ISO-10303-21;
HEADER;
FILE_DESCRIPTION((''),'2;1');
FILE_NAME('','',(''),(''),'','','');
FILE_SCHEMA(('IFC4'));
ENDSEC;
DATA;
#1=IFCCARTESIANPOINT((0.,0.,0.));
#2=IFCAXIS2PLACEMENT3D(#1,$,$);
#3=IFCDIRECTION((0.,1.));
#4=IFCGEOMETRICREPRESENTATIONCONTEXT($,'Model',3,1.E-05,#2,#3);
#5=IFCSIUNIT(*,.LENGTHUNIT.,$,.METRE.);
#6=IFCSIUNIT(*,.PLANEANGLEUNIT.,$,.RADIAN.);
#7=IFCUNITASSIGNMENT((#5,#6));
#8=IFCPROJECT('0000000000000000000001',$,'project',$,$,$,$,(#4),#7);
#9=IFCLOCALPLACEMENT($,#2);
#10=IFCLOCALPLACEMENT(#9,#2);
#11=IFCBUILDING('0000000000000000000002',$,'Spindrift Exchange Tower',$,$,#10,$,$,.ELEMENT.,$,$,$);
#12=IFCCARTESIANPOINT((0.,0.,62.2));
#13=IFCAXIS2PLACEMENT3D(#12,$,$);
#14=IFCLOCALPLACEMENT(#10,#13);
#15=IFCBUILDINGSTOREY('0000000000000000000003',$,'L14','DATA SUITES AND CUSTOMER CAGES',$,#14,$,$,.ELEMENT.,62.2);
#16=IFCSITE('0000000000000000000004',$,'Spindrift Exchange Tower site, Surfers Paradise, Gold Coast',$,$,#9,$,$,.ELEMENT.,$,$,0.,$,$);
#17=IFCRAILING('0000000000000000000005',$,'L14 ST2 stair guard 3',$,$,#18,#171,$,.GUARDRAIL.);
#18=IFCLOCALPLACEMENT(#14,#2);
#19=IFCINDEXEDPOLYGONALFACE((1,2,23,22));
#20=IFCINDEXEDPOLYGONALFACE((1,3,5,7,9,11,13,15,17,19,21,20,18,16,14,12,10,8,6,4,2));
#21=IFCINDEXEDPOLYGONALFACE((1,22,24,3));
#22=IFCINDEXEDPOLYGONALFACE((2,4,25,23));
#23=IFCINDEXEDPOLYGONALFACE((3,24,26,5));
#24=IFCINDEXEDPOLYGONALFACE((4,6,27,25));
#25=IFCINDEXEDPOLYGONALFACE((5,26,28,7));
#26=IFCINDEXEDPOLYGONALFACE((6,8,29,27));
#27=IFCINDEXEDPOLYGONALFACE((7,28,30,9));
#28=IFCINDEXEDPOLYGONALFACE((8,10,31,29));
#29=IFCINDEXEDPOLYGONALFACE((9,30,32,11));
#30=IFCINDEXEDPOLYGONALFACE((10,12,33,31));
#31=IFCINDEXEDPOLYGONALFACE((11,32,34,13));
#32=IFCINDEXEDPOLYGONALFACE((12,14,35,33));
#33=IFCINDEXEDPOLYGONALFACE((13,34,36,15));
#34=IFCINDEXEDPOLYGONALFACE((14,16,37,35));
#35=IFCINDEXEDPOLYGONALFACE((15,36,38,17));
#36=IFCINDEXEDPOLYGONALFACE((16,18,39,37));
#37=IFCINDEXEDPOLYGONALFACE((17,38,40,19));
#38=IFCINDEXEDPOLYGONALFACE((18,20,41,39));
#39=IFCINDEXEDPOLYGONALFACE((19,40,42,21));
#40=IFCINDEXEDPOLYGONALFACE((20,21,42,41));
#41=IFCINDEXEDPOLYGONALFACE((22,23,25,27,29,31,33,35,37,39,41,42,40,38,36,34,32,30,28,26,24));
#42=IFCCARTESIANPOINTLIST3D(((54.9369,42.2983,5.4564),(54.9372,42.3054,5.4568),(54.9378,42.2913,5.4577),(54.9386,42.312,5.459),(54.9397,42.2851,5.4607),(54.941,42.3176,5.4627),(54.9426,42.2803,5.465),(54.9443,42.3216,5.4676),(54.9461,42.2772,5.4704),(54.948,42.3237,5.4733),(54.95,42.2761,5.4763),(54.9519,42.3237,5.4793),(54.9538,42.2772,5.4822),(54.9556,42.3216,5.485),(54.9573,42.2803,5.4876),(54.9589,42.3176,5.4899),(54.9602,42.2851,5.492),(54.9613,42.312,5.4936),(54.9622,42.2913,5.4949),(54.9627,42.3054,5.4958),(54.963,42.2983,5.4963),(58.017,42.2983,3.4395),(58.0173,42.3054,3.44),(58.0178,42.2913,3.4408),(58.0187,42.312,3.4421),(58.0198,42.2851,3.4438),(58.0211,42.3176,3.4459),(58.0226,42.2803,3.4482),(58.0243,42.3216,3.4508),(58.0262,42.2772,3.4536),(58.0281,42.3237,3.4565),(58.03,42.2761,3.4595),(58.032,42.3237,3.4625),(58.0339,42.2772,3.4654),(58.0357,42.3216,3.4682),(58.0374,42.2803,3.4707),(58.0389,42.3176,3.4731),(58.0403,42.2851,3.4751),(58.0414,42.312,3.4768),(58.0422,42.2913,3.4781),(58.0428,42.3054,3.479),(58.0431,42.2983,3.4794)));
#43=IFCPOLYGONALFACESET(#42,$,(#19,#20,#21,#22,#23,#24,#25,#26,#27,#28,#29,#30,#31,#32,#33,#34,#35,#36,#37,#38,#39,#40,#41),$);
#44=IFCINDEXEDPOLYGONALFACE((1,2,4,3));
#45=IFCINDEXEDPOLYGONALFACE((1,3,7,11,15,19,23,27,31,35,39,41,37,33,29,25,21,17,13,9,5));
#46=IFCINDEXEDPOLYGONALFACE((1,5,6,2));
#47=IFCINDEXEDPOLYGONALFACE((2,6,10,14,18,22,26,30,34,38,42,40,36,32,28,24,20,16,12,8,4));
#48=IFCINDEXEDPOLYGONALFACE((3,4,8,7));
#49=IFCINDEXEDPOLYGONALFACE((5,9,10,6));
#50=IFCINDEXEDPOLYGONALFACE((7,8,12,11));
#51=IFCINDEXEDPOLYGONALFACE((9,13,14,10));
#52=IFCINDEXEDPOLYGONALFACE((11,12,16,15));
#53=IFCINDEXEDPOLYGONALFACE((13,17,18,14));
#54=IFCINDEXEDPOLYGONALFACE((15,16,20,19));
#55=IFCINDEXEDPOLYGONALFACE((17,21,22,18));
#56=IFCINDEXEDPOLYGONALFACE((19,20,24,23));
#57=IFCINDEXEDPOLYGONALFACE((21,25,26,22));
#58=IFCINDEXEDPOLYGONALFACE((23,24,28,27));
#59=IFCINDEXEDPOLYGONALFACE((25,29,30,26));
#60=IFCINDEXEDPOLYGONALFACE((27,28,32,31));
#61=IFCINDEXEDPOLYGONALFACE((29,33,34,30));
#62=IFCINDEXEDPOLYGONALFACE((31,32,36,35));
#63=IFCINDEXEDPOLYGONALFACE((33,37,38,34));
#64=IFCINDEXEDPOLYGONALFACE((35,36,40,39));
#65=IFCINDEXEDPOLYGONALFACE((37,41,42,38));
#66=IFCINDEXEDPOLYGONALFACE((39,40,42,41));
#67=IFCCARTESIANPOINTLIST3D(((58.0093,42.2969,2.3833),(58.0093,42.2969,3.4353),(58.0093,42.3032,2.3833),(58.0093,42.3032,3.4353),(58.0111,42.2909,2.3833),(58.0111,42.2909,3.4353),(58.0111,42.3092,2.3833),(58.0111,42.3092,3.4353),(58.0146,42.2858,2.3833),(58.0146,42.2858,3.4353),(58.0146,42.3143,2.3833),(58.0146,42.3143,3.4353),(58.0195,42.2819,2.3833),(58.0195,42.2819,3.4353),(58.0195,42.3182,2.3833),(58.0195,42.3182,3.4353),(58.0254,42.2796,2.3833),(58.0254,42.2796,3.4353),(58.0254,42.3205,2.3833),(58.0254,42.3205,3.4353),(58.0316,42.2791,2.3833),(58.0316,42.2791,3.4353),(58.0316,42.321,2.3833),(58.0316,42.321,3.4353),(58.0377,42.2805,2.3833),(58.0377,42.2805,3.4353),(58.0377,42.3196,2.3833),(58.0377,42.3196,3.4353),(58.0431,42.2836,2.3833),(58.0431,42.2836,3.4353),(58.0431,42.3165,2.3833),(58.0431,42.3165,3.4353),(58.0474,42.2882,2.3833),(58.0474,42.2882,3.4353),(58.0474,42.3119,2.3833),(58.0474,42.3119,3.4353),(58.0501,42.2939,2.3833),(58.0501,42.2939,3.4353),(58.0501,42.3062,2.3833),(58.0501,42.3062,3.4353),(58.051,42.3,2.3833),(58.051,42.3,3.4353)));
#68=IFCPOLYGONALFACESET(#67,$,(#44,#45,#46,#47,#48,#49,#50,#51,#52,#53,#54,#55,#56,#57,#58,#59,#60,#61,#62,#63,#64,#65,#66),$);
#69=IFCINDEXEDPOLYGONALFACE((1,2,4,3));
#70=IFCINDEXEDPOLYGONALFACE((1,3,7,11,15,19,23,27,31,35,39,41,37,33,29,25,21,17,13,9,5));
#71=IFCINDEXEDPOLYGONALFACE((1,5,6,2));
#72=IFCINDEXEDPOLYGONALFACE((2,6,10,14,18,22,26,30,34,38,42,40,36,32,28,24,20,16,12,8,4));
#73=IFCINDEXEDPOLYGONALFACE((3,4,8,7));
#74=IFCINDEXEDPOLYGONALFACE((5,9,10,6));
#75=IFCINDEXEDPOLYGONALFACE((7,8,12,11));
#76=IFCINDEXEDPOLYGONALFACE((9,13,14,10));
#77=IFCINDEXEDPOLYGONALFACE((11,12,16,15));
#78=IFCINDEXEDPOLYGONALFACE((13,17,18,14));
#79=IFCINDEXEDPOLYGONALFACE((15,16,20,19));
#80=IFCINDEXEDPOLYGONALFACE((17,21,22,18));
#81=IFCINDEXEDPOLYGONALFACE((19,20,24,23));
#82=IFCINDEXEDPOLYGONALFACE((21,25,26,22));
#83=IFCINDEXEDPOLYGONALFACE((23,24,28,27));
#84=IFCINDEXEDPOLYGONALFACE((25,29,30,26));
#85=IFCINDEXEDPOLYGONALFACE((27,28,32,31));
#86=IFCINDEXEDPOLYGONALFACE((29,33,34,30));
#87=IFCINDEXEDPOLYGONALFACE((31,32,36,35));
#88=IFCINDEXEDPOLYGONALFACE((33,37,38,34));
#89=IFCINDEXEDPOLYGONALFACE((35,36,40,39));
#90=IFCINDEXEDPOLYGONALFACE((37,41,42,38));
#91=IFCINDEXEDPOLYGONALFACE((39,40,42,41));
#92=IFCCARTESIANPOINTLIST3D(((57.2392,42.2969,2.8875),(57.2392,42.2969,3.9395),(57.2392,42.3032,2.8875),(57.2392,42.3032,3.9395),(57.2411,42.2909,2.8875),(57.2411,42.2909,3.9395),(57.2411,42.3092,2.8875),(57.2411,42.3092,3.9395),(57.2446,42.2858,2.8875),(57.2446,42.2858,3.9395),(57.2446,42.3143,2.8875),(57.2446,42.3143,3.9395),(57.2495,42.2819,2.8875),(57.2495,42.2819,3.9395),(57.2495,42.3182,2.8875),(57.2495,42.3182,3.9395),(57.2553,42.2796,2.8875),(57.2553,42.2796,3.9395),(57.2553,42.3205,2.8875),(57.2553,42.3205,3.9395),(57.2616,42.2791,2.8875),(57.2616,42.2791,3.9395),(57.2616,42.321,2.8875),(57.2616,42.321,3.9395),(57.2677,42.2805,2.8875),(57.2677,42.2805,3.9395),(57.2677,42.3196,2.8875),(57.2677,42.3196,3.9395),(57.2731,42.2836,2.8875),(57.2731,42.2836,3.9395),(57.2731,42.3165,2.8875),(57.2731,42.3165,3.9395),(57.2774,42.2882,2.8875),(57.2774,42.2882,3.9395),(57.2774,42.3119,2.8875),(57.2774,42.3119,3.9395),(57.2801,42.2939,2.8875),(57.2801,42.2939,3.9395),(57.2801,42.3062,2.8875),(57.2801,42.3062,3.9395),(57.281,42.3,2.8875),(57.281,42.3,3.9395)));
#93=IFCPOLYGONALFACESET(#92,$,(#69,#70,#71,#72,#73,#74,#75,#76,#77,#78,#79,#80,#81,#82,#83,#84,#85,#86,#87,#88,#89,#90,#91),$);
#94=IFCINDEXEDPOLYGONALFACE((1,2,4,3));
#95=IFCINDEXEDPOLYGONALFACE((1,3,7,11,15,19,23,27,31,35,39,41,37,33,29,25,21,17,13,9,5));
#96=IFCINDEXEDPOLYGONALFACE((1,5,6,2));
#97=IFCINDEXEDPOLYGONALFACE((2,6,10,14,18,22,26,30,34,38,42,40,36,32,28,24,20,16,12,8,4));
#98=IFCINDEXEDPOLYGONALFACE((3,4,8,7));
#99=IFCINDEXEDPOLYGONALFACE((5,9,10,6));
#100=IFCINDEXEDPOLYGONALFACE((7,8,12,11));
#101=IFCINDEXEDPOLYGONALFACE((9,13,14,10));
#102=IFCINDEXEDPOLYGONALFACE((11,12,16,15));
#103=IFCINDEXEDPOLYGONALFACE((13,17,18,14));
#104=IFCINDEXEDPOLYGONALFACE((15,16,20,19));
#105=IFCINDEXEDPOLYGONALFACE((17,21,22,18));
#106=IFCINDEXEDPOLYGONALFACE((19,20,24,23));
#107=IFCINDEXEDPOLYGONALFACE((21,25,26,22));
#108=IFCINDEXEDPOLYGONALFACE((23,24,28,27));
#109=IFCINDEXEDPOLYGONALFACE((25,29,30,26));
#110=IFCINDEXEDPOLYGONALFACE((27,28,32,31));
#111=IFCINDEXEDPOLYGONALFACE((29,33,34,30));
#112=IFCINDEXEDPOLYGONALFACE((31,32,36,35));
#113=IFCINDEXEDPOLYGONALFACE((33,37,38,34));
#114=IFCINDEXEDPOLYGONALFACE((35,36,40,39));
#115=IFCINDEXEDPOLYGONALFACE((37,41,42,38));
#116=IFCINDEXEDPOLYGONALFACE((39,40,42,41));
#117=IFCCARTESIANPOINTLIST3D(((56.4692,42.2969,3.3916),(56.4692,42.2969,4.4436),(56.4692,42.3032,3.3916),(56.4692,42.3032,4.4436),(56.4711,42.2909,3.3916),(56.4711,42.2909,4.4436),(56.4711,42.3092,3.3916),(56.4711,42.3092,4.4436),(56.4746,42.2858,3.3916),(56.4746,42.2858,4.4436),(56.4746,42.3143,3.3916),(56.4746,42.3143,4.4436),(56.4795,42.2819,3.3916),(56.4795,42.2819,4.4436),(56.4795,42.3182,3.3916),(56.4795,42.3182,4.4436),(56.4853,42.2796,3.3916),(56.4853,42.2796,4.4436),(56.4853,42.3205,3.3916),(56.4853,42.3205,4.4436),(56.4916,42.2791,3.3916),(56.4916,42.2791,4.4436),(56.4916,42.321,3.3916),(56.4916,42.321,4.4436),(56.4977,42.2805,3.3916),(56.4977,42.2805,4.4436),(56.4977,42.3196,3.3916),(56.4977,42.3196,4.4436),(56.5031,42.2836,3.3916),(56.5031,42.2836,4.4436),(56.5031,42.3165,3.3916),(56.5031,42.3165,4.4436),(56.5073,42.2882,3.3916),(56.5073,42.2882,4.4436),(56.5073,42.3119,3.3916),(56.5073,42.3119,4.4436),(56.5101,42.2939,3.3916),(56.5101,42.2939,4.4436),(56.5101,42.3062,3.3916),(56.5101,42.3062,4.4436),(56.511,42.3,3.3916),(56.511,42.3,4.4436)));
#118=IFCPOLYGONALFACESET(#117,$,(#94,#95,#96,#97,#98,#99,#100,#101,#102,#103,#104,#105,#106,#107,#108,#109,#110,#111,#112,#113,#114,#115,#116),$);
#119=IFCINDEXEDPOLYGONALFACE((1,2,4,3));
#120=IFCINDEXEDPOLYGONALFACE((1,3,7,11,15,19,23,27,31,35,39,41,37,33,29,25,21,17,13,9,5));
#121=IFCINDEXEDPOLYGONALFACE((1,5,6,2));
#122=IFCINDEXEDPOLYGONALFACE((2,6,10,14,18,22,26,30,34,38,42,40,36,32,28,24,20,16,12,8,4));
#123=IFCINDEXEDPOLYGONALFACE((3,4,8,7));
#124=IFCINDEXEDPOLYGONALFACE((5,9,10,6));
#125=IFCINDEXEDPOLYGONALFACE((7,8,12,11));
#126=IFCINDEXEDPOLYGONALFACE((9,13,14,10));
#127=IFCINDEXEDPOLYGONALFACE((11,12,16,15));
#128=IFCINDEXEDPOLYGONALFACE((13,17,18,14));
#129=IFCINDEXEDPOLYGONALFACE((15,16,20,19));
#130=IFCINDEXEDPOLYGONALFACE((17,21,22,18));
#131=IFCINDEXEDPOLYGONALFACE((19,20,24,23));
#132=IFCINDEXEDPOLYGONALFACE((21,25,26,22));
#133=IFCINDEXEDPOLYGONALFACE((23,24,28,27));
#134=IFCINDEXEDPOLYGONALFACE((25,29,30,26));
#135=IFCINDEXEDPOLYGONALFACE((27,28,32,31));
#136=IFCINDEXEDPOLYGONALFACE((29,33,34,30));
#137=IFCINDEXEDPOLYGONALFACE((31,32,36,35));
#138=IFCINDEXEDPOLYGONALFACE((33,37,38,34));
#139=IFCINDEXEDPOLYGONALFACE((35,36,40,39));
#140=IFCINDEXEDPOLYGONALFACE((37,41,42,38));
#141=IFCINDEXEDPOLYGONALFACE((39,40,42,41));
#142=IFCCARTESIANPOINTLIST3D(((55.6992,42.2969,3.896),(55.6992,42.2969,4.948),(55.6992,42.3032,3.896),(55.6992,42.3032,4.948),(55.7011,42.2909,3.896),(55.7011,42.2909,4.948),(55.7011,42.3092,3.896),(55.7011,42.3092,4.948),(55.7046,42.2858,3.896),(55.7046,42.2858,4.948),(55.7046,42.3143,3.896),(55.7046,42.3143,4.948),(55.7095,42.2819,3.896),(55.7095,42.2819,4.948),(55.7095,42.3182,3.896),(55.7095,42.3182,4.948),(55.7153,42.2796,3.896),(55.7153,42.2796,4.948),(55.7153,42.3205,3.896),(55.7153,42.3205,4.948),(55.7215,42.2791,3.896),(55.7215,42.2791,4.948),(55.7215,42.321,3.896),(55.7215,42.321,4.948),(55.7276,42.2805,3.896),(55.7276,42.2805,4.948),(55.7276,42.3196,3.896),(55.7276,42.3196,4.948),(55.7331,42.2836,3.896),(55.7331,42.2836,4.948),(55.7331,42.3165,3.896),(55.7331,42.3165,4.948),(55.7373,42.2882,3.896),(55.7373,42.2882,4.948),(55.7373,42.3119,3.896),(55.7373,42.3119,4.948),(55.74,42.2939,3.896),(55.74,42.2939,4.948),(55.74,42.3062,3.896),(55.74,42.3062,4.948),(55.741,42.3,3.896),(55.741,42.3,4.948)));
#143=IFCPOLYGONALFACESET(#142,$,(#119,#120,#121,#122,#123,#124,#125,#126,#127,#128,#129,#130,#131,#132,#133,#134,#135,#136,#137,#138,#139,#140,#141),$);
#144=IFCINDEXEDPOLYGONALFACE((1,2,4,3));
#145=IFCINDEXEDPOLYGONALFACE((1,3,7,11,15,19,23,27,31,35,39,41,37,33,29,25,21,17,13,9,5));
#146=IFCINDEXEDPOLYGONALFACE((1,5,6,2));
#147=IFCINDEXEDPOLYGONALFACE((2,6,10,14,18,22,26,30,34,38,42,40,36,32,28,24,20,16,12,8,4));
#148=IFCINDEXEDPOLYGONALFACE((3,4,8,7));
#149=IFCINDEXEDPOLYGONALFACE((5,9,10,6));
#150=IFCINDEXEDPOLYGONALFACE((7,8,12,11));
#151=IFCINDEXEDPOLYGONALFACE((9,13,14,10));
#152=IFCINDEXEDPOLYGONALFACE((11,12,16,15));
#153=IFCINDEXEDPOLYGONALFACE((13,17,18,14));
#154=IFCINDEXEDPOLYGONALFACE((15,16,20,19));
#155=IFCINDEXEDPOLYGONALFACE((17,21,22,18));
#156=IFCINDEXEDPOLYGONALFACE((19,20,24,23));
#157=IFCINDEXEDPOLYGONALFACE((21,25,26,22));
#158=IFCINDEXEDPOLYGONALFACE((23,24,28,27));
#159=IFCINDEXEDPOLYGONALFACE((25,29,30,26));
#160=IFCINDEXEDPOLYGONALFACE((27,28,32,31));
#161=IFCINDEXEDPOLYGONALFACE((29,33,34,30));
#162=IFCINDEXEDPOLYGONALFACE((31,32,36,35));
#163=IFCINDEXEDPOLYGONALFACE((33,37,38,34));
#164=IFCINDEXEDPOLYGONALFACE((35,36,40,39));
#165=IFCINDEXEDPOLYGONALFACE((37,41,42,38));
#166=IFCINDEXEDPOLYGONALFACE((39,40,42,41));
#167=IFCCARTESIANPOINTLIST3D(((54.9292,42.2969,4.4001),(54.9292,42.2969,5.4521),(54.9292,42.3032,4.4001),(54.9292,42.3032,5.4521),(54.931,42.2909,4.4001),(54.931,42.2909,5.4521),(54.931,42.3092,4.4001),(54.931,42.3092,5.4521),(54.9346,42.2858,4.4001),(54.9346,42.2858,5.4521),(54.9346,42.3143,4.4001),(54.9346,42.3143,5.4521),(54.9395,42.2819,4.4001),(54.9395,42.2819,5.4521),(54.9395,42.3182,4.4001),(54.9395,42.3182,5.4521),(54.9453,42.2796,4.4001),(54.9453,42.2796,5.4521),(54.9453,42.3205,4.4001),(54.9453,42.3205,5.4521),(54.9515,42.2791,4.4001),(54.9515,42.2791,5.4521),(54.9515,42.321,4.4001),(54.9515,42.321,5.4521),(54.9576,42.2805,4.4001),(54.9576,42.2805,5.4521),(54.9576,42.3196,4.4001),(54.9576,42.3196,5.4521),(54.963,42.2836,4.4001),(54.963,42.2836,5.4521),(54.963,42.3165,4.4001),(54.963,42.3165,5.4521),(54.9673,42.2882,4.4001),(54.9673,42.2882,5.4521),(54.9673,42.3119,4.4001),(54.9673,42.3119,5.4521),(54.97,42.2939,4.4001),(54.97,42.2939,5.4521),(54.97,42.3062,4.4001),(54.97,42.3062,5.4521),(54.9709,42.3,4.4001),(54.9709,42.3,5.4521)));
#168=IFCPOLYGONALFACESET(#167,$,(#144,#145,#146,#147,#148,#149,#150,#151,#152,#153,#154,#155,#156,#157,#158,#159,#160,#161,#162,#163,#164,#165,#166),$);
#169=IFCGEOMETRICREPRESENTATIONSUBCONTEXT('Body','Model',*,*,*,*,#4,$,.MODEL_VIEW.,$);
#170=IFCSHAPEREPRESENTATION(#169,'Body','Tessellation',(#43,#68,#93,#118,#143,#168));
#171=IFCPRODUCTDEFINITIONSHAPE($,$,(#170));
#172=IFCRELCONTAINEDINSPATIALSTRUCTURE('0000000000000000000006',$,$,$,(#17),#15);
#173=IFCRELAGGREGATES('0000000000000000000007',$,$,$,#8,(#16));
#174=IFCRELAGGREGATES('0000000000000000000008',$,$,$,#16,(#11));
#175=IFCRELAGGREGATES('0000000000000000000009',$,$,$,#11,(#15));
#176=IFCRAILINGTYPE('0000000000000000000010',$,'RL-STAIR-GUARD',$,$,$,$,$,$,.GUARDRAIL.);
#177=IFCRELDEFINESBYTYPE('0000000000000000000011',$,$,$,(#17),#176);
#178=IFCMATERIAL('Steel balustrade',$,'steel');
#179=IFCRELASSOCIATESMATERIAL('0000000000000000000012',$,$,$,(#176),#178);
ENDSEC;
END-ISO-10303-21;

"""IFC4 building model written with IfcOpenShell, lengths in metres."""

from ifc_helpers import new_model, si_unit, direction, frame, origin, origin_2d, place, context, subcontext, project, spatial, circle, extrude, material, type_object, element, save


model = new_model("IFC4")

# Units and contexts
model_context = context("Model", 3, precision=1e-05, world=origin(), true_north=direction((0.0, 1.0)))
body_context = subcontext(model_context, "Body", "Model", "MODEL_VIEW")
ifc_project = project(units=[si_unit("LENGTHUNIT", "METRE"), si_unit("PLANEANGLEUNIT", "RADIAN")], contexts=[model_context])

# Site, building, storey
site_placement = place(None, origin())
site = spatial("IfcSite", under=ifc_project, at=site_placement, Name="Spindrift Exchange Tower site, Surfers Paradise, Gold Coast", CompositionType="ELEMENT", RefElevation=0.0)
building_placement = place(site_placement, origin())
building = spatial("IfcBuilding", under=site, at=building_placement, Name="Spindrift Exchange Tower", CompositionType="ELEMENT")
storey_placement = place(building_placement, frame((0.0, 0.0, 62.2)))
storey = spatial("IfcBuildingStorey", under=building, at=storey_placement, Name="L14", Description="DATA SUITES AND CUSTOMER CAGES", CompositionType="ELEMENT", Elevation=62.2)

# Railing
ifc_material_1 = material(Name="Steel balustrade", Category="steel")
railing_type_1 = type_object("IfcRailingType", Name="RL-STAIR-GUARD", PredefinedType="GUARDRAIL", material=ifc_material_1)
railing_1_placement = place(storey_placement, frame((58.03, 42.3, 2.3833)))
element("IfcRailing", 1, at=railing_1_placement, inside=storey, type_object=railing_type_1, Name="L14 ST2 stair guard 3", PredefinedType="GUARDRAIL", context=body_context, shape_type="SweptSolid", body=[
    extrude(circle(Radius=0.0239, at=origin_2d()), frame((0.0, 0.0, 1.0762), z_axis=(-0.836603, 0.0, 0.54781), x_axis=(0.0, -1.0, 0.0)), (0.0, 0.0, 1.0), 3.6816),
    extrude(circle(Radius=0.021, at=origin_2d()), origin(), (0.0, 0.0, 1.0), 1.052),
    extrude(circle(Radius=0.021, at=origin_2d()), frame((-0.77, 0.0, 0.5042)), (0.0, 0.0, 1.0), 1.052),
    extrude(circle(Radius=0.021, at=origin_2d()), frame((-1.54, 0.0, 1.0083)), (0.0, 0.0, 1.0), 1.052),
    extrude(circle(Radius=0.021, at=origin_2d()), frame((-2.3101, 0.0, 1.5127)), (0.0, 0.0, 1.0), 1.052),
    extrude(circle(Radius=0.021, at=origin_2d()), frame((-3.0801, 0.0, 2.0168)), (0.0, 0.0, 1.0), 1.052),
])

save(model, "model.ifc")
